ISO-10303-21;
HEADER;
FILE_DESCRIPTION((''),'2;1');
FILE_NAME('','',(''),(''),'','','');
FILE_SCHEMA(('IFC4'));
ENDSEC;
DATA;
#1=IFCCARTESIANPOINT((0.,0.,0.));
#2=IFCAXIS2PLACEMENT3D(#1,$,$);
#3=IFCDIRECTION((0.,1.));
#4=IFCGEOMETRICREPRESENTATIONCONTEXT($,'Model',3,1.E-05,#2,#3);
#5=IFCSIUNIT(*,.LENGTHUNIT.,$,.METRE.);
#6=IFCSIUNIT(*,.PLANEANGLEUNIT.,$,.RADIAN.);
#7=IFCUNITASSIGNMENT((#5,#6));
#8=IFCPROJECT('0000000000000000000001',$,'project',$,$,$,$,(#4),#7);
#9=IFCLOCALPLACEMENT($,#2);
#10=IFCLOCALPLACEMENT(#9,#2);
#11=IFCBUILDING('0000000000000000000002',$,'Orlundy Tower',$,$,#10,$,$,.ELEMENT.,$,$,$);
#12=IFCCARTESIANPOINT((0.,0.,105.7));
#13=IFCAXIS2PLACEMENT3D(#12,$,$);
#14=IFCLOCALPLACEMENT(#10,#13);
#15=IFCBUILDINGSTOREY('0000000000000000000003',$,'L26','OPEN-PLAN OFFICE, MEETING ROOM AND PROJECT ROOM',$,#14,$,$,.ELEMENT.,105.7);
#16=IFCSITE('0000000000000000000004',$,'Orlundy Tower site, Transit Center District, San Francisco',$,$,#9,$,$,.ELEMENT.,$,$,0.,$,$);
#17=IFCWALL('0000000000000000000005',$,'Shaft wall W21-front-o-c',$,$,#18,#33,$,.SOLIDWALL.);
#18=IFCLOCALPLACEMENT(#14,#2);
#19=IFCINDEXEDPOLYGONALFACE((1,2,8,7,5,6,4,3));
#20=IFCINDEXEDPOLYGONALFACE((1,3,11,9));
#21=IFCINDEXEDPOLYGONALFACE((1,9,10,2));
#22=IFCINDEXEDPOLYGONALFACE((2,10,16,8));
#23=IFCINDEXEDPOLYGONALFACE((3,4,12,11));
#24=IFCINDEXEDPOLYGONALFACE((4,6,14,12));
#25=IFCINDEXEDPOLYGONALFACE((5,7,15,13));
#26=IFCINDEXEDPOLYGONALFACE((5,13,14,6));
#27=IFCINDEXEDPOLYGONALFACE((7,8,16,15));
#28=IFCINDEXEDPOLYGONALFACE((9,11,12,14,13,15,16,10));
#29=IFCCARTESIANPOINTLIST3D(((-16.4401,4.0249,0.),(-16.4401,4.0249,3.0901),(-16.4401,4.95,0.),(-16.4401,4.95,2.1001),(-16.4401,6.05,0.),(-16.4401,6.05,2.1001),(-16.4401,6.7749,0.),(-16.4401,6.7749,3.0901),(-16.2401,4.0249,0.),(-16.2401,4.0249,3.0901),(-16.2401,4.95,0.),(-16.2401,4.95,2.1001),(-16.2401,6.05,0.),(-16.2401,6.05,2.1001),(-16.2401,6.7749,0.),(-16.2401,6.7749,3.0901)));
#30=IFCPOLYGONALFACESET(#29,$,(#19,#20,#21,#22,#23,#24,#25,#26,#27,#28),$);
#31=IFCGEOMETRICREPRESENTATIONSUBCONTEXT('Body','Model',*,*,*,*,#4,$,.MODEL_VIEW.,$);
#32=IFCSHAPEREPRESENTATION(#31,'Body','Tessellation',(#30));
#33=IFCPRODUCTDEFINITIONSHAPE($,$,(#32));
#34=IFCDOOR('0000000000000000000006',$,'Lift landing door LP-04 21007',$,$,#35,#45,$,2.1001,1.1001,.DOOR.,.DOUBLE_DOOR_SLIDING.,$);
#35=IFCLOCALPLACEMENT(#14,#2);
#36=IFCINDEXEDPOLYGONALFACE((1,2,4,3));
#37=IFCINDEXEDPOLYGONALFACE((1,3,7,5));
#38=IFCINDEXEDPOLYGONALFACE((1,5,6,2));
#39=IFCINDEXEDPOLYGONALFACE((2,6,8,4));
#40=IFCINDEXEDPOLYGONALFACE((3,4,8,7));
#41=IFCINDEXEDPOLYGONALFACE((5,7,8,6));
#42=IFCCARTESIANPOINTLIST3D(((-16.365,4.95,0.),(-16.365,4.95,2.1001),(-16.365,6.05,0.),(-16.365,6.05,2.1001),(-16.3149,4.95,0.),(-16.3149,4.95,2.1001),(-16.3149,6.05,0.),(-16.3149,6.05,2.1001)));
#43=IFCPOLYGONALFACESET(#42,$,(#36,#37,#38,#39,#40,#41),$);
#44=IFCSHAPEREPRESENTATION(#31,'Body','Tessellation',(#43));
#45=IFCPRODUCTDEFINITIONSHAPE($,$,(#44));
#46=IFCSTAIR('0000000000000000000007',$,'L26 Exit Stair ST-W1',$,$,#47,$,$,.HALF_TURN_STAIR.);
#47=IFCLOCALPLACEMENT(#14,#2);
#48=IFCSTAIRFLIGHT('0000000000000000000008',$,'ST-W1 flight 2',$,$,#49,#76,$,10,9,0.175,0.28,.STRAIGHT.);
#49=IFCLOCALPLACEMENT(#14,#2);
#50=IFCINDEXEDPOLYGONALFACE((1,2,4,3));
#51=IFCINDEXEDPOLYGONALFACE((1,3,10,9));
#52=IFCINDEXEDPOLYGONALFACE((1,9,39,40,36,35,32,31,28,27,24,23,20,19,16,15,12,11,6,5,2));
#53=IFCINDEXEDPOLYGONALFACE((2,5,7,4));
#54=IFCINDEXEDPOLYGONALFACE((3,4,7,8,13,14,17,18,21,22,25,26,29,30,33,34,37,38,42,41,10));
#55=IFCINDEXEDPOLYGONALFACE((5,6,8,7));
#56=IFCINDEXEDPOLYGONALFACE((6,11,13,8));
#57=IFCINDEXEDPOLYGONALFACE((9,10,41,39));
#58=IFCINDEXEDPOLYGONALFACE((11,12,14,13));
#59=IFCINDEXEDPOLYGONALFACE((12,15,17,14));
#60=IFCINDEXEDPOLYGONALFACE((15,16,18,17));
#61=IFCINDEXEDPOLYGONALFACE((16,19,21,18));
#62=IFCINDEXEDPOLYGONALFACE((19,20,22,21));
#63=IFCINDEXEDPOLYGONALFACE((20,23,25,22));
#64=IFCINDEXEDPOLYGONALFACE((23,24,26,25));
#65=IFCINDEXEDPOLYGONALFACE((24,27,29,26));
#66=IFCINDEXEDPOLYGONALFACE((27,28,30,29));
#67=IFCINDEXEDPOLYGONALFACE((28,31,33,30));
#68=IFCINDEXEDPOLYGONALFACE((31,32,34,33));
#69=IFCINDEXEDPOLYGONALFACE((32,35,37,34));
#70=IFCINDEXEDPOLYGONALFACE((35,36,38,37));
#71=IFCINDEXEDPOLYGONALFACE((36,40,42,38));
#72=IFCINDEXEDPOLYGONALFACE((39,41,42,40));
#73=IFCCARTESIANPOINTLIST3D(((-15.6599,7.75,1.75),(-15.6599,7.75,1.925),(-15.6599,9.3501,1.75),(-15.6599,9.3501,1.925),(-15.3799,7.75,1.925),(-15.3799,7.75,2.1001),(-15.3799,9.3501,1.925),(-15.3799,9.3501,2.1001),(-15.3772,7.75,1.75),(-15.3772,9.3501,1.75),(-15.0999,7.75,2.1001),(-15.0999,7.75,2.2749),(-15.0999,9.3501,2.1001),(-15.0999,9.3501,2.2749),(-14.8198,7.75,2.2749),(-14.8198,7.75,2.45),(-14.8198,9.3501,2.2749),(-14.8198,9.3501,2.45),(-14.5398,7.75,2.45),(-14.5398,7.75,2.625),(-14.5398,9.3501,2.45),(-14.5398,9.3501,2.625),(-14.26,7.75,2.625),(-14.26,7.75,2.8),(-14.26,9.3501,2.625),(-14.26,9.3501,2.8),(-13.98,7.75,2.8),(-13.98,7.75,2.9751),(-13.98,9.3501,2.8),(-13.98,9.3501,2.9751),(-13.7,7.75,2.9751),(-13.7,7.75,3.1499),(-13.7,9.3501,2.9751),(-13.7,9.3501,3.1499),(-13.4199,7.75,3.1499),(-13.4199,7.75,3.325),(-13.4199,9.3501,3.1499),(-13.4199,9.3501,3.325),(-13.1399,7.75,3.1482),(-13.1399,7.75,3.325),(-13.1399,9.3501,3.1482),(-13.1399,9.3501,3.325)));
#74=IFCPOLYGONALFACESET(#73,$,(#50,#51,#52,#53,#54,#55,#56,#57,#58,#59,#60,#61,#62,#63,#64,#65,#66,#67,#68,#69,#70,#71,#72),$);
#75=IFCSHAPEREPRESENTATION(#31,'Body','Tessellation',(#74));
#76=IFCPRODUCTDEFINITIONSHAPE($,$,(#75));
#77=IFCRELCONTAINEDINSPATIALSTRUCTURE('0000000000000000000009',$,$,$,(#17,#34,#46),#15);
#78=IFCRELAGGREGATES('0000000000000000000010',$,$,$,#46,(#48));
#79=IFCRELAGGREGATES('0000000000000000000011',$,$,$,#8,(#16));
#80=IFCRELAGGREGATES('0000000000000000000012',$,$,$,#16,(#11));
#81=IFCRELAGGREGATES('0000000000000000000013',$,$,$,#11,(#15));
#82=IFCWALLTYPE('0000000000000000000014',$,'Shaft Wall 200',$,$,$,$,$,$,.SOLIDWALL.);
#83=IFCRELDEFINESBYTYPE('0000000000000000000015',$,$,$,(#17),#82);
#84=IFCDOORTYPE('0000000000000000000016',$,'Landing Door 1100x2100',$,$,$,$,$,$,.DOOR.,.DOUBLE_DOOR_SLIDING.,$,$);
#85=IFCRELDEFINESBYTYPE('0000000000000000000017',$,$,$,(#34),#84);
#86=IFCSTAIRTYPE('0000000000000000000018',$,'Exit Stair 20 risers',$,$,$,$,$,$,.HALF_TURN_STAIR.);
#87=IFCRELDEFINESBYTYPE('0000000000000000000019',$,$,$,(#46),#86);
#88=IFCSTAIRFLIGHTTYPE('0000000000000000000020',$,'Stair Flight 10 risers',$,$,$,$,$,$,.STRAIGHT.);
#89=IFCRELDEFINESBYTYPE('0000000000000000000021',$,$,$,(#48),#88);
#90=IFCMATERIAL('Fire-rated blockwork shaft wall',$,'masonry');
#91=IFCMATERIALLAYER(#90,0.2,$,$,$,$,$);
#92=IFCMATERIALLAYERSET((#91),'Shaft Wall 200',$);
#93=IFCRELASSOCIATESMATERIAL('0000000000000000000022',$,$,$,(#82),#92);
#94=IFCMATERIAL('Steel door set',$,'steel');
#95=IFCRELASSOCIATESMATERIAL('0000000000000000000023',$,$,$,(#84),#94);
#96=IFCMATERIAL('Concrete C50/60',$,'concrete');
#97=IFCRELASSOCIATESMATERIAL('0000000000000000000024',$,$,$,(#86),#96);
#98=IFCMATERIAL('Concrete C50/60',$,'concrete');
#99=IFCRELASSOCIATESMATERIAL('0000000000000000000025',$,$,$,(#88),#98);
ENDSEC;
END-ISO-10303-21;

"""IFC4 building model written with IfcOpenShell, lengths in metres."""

from ifc_helpers import new_model, si_unit, direction, frame, frame_2d, origin, place, context, subcontext, project, spatial, polyline, rectangle, outline, extrude, material, layer, layer_set, type_object, element, fill, aggregate, save


model = new_model("IFC4")

# Units and contexts
model_context = context("Model", 3, precision=1e-05, world=origin(), true_north=direction((0.0, 1.0)))
body_context = subcontext(model_context, "Body", "Model", "MODEL_VIEW")
ifc_project = project(units=[si_unit("LENGTHUNIT", "METRE"), si_unit("PLANEANGLEUNIT", "RADIAN")], contexts=[model_context])

# Site, building, storey
site_placement = place(None, origin())
site = spatial("IfcSite", under=ifc_project, at=site_placement, Name="Orlundy Tower site, Transit Center District, San Francisco", CompositionType="ELEMENT", RefElevation=0.0)
building_placement = place(site_placement, origin())
building = spatial("IfcBuilding", under=site, at=building_placement, Name="Orlundy Tower", CompositionType="ELEMENT")
storey_placement = place(building_placement, frame((0.0, 0.0, 105.7)))
storey = spatial("IfcBuildingStorey", under=building, at=storey_placement, Name="L26", Description="OPEN-PLAN OFFICE, MEETING ROOM AND PROJECT ROOM", CompositionType="ELEMENT", Elevation=105.7)

# Wall, opening, door
ifc_material_1 = material(Name="Fire-rated blockwork shaft wall", Category="masonry")
ifc_layer_1 = layer(ifc_material_1, 0.2)
ifc_layer_set_1 = layer_set([ifc_layer_1], Name="Shaft Wall 200")
wall_type_1 = type_object("IfcWallType", Name="Shaft Wall 200", PredefinedType="SOLIDWALL", material=ifc_layer_set_1)
wall_1_placement = place(storey_placement, frame((-16.3401, 4.0249, 0.0), z_axis=(0.0, 0.0, 1.0), x_axis=(0.0, 1.0, 0.0)))
wall_1 = element("IfcWall", 1, at=wall_1_placement, inside=storey, type_object=wall_type_1, Name="Shaft wall W21-front-o-c", PredefinedType="SOLIDWALL", context=body_context, shape_type="SweptSolid", body=[
    extrude(rectangle(XDim=2.75, YDim=0.2, at=frame_2d((1.375, 0.0))), origin(), (0.0, 0.0, 1.0), 3.0901),
])
opening_1_placement = place(wall_1_placement, frame((0.925, 0.0, 0.0)))
opening_1 = element("IfcOpeningElement", 2, at=opening_1_placement, cuts=wall_1, PredefinedType="OPENING", context=body_context, shape_type="SweptSolid", body=[
    extrude(rectangle(XDim=1.1001, YDim=2.1001, at=frame_2d((0.55, 1.05))), frame((0.0, 0.1101, 0.0), z_axis=(0.0, -1.0, 0.0), x_axis=(1.0, 0.0, 0.0)), (0.0, 0.0, 1.0), 0.2202),
])
ifc_material_2 = material(Name="Steel door set", Category="steel")
door_type_1 = type_object("IfcDoorType", Name="Landing Door 1100x2100", OperationType="DOUBLE_DOOR_SLIDING", PredefinedType="DOOR", material=ifc_material_2)
door_1_placement = place(opening_1_placement, origin())
door_1 = element("IfcDoor", 3, at=door_1_placement, inside=storey, type_object=door_type_1, Name="Lift landing door LP-04 21007", OperationType="DOUBLE_DOOR_SLIDING", OverallHeight=2.1001, OverallWidth=1.1001, PredefinedType="DOOR", context=body_context, shape_type="SweptSolid", body=[
    extrude(rectangle(XDim=1.1001, YDim=2.1001, at=frame_2d((0.55, 1.05))), frame((0.0, 0.0249, 0.0), z_axis=(0.0, -1.0, 0.0), x_axis=(1.0, 0.0, 0.0)), (0.0, 0.0, 1.0), 0.05),
])
fill(opening_1, door_1)

# Stair, stair flight
ifc_material_3 = material(Name="Concrete C50/60", Category="concrete")
stair_type = type_object("IfcStairType", Name="Exit Stair 20 risers", PredefinedType="HALF_TURN_STAIR", material=ifc_material_3)
stair_placement = place(storey_placement, origin())
stair = element("IfcStair", 4, at=stair_placement, inside=storey, type_object=stair_type, Name="L26 Exit Stair ST-W1", PredefinedType="HALF_TURN_STAIR")
ifc_material_4 = material(Name="Concrete C50/60", Category="concrete")
stair_flight_type = type_object("IfcStairFlightType", Name="Stair Flight 10 risers", PredefinedType="STRAIGHT", material=ifc_material_4)
stair_flight_placement = place(storey_placement, frame((-15.6599, 8.55, 1.75), z_axis=(0.0, 0.0, 1.0), x_axis=(1.0, 0.0, 0.0)))
stair_flight = element("IfcStairFlight", 5, at=stair_flight_placement, type_object=stair_flight_type, Name="ST-W1 flight 2", NumberOfRisers=10, NumberOfTreads=9, PredefinedType="STRAIGHT", RiserHeight=0.175, TreadLength=0.28, context=body_context, shape_type="SweptSolid", body=[
    extrude(outline(polyline([(0.0, 0.0), (0.0, 0.175), (0.28, 0.175), (0.28, 0.3501), (0.5601, 0.3501), (0.5601, 0.5249), (0.8401, 0.5249), (0.8401, 0.7), (1.1201, 0.7), (1.1201, 0.875), (1.3999, 0.875), (1.3999, 1.05), (1.6799, 1.05), (1.6799, 1.2251), (1.96, 1.2251), (1.96, 1.3999), (2.24, 1.3999), (2.24, 1.575), (2.52, 1.575), (2.52, 1.75), (2.52, 1.3982), (0.2827, 0.0), (0.0, 0.0)])), frame((0.0, 0.8, 0.0), z_axis=(0.0, -1.0, 0.0), x_axis=(1.0, 0.0, 0.0)), (0.0, 0.0, 1.0), 1.6001),
])
aggregate(stair, [stair_flight])

save(model, "model.ifc")
